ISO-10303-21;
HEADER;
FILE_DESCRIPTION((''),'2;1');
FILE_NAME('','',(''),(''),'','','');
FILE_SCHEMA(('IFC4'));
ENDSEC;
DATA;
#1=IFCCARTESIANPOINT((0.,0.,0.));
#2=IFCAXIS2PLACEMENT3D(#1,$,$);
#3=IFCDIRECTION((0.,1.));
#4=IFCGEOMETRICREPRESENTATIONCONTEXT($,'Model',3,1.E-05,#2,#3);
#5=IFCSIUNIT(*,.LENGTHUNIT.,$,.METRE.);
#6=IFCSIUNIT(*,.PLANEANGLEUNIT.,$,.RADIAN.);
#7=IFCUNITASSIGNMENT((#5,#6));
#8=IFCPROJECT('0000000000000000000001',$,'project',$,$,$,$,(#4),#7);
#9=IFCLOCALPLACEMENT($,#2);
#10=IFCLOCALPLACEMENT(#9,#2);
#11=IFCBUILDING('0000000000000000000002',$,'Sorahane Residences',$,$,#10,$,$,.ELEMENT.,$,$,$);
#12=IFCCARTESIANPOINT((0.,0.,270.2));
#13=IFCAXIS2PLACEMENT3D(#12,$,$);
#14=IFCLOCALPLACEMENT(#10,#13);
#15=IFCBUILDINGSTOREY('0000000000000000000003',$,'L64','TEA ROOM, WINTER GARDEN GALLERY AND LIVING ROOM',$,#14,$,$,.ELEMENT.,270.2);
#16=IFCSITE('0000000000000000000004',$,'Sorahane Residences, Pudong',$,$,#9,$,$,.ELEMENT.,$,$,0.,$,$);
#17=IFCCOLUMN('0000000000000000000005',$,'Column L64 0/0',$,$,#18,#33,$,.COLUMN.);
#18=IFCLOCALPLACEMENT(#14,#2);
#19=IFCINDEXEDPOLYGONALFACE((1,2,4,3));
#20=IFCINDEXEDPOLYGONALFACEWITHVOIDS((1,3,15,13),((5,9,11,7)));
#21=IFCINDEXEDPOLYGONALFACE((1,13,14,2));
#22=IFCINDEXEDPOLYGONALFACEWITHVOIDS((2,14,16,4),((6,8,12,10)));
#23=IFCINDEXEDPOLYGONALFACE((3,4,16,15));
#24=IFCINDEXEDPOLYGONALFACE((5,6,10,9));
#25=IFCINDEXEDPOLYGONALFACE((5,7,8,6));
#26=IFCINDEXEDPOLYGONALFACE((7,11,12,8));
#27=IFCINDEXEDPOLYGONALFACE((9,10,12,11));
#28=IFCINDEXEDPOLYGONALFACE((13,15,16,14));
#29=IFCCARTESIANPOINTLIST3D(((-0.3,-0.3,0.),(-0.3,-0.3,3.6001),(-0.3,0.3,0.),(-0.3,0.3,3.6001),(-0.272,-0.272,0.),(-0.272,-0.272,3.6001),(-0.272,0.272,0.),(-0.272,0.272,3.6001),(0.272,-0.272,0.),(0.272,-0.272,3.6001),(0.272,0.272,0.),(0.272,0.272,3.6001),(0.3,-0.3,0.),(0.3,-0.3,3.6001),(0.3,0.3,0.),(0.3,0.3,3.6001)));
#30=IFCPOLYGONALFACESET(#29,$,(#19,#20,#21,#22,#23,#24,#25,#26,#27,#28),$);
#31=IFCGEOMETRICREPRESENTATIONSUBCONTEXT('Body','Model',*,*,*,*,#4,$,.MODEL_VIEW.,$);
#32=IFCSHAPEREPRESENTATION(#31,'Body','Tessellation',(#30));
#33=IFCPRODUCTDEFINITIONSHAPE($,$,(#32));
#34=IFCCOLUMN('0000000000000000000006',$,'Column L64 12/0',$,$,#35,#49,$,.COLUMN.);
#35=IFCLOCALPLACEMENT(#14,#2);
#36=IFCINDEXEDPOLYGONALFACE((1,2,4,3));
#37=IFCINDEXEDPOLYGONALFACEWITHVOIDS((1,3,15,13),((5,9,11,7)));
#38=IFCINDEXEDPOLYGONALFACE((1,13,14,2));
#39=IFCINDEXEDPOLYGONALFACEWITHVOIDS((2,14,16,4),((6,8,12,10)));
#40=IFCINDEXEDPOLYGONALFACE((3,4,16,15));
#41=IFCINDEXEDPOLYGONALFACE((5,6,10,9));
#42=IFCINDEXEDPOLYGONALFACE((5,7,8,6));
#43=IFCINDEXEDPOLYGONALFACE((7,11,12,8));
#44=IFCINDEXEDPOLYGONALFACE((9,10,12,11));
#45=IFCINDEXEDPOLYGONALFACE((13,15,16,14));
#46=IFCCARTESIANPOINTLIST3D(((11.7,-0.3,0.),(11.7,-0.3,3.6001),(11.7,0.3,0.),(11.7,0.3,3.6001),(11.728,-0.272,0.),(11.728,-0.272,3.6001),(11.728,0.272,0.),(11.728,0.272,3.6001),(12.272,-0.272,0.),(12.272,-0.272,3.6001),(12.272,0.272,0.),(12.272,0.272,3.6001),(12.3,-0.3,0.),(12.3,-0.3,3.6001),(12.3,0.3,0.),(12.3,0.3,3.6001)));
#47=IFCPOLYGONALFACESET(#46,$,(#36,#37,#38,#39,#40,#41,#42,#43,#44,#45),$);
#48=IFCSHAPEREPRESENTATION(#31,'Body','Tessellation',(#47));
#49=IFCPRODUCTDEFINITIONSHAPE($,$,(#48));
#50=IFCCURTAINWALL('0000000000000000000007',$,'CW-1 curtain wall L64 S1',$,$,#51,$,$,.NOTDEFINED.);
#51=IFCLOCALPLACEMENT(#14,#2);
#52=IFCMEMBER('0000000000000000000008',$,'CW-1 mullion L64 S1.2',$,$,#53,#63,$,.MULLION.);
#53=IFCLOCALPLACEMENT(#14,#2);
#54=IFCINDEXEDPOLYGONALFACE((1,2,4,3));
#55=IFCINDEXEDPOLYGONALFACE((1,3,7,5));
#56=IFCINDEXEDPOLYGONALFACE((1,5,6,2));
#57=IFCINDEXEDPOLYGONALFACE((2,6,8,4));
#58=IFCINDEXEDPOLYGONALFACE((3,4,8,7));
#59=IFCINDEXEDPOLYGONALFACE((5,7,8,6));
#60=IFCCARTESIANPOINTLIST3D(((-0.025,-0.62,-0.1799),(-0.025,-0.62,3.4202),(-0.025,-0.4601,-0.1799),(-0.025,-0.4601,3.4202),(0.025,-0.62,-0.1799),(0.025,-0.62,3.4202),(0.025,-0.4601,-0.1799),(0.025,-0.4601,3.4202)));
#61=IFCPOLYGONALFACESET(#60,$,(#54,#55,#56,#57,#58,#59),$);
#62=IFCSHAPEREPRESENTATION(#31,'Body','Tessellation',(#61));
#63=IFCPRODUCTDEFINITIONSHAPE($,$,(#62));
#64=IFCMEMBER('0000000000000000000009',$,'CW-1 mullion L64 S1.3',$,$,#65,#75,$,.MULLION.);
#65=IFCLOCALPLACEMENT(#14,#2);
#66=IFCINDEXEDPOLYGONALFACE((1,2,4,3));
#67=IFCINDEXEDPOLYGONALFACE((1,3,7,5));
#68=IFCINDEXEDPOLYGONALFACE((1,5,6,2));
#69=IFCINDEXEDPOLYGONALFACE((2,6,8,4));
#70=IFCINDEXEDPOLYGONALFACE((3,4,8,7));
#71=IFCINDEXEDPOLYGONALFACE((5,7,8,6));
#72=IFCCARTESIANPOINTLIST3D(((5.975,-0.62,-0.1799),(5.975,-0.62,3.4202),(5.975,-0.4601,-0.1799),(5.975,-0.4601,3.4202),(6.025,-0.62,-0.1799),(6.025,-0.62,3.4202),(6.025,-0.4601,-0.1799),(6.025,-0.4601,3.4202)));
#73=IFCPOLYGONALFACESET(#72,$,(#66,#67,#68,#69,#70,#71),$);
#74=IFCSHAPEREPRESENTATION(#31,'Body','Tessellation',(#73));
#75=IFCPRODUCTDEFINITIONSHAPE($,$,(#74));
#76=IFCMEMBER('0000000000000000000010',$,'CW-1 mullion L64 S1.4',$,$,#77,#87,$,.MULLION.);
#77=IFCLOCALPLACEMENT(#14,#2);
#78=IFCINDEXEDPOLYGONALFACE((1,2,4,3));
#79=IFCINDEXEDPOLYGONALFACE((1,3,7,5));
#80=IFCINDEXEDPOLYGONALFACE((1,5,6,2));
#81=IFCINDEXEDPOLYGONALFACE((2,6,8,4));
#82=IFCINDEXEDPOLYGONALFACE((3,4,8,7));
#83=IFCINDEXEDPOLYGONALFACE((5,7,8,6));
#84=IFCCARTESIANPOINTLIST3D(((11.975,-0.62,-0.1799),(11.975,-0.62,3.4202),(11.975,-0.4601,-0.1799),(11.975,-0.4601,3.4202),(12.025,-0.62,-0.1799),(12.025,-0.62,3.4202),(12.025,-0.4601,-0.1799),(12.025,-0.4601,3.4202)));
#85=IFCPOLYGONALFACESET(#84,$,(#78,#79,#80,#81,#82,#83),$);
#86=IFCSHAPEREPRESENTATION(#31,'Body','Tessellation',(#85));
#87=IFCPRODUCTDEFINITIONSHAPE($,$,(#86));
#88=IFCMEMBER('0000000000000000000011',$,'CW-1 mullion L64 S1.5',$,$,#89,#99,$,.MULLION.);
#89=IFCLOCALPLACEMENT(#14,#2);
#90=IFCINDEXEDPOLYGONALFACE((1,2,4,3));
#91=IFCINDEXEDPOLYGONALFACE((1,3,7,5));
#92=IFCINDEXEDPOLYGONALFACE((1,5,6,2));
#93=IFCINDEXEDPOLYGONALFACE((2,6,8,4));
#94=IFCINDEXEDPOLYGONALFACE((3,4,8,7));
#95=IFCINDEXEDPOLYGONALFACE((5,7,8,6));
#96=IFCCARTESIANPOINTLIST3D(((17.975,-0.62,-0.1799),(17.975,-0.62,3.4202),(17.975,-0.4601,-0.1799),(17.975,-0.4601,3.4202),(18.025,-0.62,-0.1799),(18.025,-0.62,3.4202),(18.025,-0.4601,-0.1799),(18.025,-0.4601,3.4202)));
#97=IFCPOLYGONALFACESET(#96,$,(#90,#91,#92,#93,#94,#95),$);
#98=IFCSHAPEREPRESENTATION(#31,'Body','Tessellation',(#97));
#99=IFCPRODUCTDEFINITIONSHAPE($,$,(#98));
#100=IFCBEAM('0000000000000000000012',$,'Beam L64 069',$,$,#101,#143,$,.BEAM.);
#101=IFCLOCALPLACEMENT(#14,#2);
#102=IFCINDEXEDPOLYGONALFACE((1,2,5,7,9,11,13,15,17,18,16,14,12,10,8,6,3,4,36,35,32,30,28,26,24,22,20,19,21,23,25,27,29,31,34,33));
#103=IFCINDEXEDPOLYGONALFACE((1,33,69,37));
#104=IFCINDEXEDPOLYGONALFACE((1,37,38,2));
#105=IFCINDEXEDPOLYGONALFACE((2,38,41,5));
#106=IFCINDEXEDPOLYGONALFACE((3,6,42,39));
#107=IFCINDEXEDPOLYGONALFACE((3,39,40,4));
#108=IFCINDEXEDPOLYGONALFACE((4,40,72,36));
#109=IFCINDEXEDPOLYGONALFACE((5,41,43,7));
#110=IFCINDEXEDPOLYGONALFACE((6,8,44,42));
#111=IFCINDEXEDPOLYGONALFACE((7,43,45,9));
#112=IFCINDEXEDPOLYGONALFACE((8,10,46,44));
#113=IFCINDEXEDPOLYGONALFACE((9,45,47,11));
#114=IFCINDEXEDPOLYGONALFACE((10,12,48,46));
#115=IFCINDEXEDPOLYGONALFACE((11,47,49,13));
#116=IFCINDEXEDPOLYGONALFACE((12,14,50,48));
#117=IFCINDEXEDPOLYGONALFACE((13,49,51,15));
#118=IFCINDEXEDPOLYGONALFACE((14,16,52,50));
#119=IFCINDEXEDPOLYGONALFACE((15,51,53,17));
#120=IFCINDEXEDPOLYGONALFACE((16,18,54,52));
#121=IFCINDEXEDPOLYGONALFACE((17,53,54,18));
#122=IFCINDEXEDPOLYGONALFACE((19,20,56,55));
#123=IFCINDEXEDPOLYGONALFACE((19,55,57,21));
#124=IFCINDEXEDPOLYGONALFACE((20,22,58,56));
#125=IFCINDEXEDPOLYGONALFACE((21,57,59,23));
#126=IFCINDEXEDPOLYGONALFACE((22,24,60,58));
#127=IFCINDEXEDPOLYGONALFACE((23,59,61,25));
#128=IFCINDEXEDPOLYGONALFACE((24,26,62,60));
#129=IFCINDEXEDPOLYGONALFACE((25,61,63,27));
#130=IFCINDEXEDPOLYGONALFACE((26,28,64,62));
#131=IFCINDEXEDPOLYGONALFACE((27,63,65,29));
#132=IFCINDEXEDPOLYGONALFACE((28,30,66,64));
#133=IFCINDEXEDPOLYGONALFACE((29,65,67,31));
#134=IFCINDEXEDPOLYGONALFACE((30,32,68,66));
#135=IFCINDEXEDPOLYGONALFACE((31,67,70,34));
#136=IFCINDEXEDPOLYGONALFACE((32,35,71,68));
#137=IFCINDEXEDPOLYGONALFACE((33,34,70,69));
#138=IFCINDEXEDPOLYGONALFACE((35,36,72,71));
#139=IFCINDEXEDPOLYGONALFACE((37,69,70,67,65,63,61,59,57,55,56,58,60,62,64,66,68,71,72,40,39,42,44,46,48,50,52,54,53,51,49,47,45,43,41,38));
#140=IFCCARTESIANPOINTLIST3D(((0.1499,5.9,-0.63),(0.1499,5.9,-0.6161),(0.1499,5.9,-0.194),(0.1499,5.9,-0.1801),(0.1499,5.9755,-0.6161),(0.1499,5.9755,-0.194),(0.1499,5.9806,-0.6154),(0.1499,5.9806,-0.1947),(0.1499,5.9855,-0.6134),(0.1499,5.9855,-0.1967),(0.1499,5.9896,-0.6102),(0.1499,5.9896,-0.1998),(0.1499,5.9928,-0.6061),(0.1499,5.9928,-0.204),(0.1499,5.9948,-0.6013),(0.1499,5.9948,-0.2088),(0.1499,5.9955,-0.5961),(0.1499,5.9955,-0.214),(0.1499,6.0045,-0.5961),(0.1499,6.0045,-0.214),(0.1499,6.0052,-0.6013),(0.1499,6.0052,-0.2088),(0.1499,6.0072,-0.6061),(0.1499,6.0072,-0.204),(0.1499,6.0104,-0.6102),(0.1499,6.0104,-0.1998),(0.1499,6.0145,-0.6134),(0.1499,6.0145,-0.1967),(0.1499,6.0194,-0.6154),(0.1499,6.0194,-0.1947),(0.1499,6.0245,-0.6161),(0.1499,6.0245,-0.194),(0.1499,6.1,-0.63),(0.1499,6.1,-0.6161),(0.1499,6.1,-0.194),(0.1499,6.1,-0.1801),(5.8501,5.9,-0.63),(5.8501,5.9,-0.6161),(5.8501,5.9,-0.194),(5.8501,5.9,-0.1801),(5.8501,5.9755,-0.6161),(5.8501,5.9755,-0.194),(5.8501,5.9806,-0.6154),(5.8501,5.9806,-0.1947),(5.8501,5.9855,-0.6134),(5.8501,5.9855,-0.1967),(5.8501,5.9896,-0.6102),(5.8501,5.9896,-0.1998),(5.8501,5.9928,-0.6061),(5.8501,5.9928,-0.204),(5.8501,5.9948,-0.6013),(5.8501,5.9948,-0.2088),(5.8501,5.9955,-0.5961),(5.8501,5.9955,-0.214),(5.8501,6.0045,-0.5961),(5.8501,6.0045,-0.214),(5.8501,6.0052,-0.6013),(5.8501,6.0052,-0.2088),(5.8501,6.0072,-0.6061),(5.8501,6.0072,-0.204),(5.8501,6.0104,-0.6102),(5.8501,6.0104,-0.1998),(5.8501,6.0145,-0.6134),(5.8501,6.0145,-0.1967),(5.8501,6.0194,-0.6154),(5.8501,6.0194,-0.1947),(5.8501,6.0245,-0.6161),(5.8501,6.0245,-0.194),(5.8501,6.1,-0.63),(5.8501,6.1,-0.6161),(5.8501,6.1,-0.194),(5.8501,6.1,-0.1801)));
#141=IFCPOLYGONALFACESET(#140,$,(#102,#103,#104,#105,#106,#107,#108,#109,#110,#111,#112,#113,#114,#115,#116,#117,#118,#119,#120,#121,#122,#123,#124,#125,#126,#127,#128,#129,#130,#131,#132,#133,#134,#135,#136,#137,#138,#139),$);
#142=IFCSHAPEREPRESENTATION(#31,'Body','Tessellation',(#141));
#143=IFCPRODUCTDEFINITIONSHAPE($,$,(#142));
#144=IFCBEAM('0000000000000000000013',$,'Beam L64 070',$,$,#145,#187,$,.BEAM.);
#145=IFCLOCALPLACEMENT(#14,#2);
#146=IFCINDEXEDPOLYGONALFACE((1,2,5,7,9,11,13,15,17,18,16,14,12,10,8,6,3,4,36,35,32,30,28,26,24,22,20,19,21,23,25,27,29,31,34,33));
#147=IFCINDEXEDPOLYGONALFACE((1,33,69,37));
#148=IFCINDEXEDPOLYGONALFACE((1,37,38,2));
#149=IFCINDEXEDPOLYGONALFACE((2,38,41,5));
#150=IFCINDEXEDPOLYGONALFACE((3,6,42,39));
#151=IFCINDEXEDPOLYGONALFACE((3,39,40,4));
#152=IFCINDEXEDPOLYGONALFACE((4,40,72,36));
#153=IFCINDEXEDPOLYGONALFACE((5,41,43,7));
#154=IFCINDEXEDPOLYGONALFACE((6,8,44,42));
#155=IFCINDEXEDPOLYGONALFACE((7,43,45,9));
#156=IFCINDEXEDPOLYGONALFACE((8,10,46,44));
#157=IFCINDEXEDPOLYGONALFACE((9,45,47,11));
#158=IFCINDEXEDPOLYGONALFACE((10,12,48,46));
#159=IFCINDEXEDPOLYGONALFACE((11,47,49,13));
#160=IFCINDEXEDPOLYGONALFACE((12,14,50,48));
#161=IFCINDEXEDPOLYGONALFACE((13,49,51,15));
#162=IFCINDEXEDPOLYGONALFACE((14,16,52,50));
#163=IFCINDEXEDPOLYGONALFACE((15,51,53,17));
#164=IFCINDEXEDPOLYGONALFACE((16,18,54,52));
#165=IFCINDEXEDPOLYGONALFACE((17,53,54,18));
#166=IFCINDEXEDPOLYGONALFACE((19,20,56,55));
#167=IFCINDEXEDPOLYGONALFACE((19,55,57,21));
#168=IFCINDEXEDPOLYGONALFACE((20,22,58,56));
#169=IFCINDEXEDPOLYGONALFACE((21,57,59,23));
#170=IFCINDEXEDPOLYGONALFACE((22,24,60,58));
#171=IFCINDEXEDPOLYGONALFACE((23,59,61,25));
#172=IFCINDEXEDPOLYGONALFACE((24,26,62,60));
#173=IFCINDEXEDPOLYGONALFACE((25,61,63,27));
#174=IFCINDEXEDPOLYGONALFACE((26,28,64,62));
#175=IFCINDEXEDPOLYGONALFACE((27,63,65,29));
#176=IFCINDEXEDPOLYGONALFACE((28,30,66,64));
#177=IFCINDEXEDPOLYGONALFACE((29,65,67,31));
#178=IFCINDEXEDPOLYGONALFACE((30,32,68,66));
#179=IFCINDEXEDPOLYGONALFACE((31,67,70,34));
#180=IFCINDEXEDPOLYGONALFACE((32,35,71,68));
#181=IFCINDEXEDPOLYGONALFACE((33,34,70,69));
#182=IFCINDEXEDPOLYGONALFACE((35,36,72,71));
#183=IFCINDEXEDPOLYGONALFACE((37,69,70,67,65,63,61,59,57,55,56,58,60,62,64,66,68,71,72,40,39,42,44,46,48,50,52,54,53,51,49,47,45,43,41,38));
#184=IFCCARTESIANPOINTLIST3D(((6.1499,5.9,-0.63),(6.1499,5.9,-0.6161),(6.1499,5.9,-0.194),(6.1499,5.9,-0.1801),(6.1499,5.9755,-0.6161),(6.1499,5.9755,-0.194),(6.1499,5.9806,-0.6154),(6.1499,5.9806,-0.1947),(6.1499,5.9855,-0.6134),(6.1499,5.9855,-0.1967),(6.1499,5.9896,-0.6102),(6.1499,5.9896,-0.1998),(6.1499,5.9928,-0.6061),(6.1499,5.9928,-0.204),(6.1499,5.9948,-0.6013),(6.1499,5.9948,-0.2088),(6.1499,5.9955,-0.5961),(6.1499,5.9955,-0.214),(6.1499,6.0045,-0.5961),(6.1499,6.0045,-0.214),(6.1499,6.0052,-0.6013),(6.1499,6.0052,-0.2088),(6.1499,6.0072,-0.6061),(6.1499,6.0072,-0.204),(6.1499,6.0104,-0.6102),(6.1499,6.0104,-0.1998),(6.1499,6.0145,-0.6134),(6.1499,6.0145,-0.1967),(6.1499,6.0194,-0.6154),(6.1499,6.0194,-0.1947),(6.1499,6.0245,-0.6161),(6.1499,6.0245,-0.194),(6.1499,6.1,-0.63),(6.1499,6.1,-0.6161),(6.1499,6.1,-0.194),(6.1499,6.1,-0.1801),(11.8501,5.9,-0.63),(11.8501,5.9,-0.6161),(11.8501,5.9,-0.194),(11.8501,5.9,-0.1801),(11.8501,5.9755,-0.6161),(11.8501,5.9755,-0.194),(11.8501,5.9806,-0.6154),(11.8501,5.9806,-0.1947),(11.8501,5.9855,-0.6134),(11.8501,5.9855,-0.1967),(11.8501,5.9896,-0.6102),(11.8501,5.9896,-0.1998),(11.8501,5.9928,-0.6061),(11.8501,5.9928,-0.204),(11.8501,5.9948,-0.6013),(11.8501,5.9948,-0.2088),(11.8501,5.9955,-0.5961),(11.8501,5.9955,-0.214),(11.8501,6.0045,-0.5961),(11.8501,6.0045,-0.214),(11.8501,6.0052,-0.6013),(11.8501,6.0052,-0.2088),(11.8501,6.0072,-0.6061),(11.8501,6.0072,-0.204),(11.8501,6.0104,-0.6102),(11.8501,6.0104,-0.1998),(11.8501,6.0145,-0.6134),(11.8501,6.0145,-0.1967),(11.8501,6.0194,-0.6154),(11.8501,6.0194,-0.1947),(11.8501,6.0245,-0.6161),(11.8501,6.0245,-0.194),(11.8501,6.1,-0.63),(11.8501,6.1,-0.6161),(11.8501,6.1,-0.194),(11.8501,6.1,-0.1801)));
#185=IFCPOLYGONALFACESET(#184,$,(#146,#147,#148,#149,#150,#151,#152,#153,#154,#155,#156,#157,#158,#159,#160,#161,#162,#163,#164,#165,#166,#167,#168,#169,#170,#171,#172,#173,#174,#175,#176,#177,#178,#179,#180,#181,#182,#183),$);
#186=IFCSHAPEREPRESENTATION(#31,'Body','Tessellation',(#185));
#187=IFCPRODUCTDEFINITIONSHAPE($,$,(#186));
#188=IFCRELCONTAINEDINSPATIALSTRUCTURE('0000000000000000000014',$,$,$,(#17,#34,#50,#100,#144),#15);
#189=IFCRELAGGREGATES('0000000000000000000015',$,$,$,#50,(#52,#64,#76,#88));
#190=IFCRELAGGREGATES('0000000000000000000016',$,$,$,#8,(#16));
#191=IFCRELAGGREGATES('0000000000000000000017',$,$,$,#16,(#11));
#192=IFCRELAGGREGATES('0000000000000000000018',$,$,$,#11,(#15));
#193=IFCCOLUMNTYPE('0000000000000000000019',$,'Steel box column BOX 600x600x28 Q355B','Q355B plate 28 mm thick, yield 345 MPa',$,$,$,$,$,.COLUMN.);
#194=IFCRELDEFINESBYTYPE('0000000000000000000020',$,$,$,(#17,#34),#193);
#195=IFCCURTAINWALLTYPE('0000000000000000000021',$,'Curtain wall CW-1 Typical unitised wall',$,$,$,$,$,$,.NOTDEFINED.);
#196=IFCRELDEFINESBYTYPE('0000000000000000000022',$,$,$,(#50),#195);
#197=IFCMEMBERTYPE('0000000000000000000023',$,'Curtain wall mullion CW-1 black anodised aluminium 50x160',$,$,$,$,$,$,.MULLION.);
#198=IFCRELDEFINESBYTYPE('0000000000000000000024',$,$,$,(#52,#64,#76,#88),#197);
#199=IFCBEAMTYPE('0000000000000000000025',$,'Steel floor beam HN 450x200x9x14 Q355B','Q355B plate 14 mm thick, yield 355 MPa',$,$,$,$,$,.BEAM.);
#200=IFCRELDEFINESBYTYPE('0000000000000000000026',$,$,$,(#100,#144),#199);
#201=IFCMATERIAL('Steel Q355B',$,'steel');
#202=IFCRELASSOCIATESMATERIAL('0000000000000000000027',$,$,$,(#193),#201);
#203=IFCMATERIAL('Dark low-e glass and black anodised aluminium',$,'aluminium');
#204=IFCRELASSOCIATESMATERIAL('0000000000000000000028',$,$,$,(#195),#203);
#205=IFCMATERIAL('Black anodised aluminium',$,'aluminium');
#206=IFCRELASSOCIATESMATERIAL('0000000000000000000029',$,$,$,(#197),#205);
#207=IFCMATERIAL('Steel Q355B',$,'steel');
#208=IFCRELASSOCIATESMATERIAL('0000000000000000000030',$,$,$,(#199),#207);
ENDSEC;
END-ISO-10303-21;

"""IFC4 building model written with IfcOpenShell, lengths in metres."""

from ifc_helpers import new_model, si_unit, direction, frame, origin, origin_2d, place, context, subcontext, project, spatial, rectangle, hollow_rectangle, i_section, extrude, material, material_profile, profile_set, type_object, element, aggregate, save


model = new_model("IFC4")

# Units and contexts
model_context = context("Model", 3, precision=1e-05, world=origin(), true_north=direction((0.0, 1.0)))
body_context = subcontext(model_context, "Body", "Model", "MODEL_VIEW")
ifc_project = project(units=[si_unit("LENGTHUNIT", "METRE"), si_unit("PLANEANGLEUNIT", "RADIAN")], contexts=[model_context])

# Site, building, storey
site_placement = place(None, origin())
site = spatial("IfcSite", under=ifc_project, at=site_placement, Name="Sorahane Residences, Pudong", CompositionType="ELEMENT", RefElevation=0.0)
building_placement = place(site_placement, origin())
building = spatial("IfcBuilding", under=site, at=building_placement, Name="Sorahane Residences", CompositionType="ELEMENT")
storey_placement = place(building_placement, frame((0.0, 0.0, 270.2)))
storey = spatial("IfcBuildingStorey", under=building, at=storey_placement, Name="L64", Description="TEA ROOM, WINTER GARDEN GALLERY AND LIVING ROOM", CompositionType="ELEMENT", Elevation=270.2)

# Columns
ifc_material_1 = material(Name="Steel Q355B", Category="steel")
ifc_material_profile_1 = material_profile(ifc_material_1, hollow_rectangle(XDim=0.6001, YDim=0.6001, WallThickness=0.0281, at=origin_2d()), Name="BOX 600x600x28")
ifc_profile_set_1 = profile_set([ifc_material_profile_1], Name="Steel Q355B")
column_type = type_object("IfcColumnType", Name="Steel box column BOX 600x600x28 Q355B", Description="Q355B plate 28 mm thick, yield 345 MPa", PredefinedType="COLUMN", material=ifc_profile_set_1)
for number, where, z_axis, x_axis, name in (
    (1, (0.0, 0.0, 0.0), (0.0, 0.0, 1.0), (1.0, 0.0, 0.0), "Column L64 0/0"),
    (2, (12.0, 0.0, 0.0), (0.0, 0.0, 1.0), (1.0, 0.0, 0.0), "Column L64 12/0"),
):
    element("IfcColumn", number, at=place(storey_placement, frame(where, z_axis=z_axis, x_axis=x_axis)), inside=storey, type_object=column_type, Name=name, PredefinedType="COLUMN", context=body_context, shape_type="SweptSolid", body=[
        extrude(hollow_rectangle(XDim=0.6001, YDim=0.6001, WallThickness=0.0281, at=origin_2d()), origin(), (0.0, 0.0, 1.0), 3.6001),
    ])

# Curtain wall, members
ifc_material_2 = material(Name="Dark low-e glass and black anodised aluminium", Category="aluminium")
curtain_wall_type = type_object("IfcCurtainWallType", Name="Curtain wall CW-1 Typical unitised wall", PredefinedType="NOTDEFINED", material=ifc_material_2)
curtain_wall_placement = place(storey_placement, origin())
curtain_wall = element("IfcCurtainWall", 3, at=curtain_wall_placement, inside=storey, type_object=curtain_wall_type, Name="CW-1 curtain wall L64 S1", PredefinedType="NOTDEFINED")
ifc_material_3 = material(Name="Black anodised aluminium", Category="aluminium")
ifc_material_profile_2 = material_profile(ifc_material_3, rectangle(XDim=0.1599, YDim=0.05, at=origin_2d()), Name="Curtain wall mullion CW-1 black anodised aluminium 50x160")
ifc_profile_set_2 = profile_set([ifc_material_profile_2], Name="Black anodised aluminium")
member_type = type_object("IfcMemberType", Name="Curtain wall mullion CW-1 black anodised aluminium 50x160", PredefinedType="MULLION", material=ifc_profile_set_2)
member_1_placement = place(storey_placement, frame((0.0, -0.54, -0.1799), z_axis=(0.0, 0.0, 1.0), x_axis=(0.0, -1.0, 0.0)))
member_1 = element("IfcMember", 4, at=member_1_placement, type_object=member_type, Name="CW-1 mullion L64 S1.2", PredefinedType="MULLION", context=body_context, shape_type="SweptSolid", body=[
    extrude(rectangle(XDim=0.1599, YDim=0.05, at=origin_2d()), origin(), (0.0, 0.0, 1.0), 3.6001),
])
member_2_placement = place(storey_placement, frame((6.0, -0.54, -0.1799), z_axis=(0.0, 0.0, 1.0), x_axis=(0.0, -1.0, 0.0)))
member_2 = element("IfcMember", 5, at=member_2_placement, type_object=member_type, Name="CW-1 mullion L64 S1.3", PredefinedType="MULLION", context=body_context, shape_type="SweptSolid", body=[
    extrude(rectangle(XDim=0.1599, YDim=0.05, at=origin_2d()), origin(), (0.0, 0.0, 1.0), 3.6001),
])
member_3_placement = place(storey_placement, frame((12.0, -0.54, -0.1799), z_axis=(0.0, 0.0, 1.0), x_axis=(0.0, -1.0, 0.0)))
member_3 = element("IfcMember", 6, at=member_3_placement, type_object=member_type, Name="CW-1 mullion L64 S1.4", PredefinedType="MULLION", context=body_context, shape_type="SweptSolid", body=[
    extrude(rectangle(XDim=0.1599, YDim=0.05, at=origin_2d()), origin(), (0.0, 0.0, 1.0), 3.6001),
])
member_4_placement = place(storey_placement, frame((18.0, -0.54, -0.1799), z_axis=(0.0, 0.0, 1.0), x_axis=(0.0, -1.0, 0.0)))
member_4 = element("IfcMember", 7, at=member_4_placement, type_object=member_type, Name="CW-1 mullion L64 S1.5", PredefinedType="MULLION", context=body_context, shape_type="SweptSolid", body=[
    extrude(rectangle(XDim=0.1599, YDim=0.05, at=origin_2d()), origin(), (0.0, 0.0, 1.0), 3.6001),
])

# Beams
ifc_material_4 = material(Name="Steel Q355B", Category="steel")
ifc_material_profile_3 = material_profile(ifc_material_4, i_section(OverallWidth=0.2, OverallDepth=0.45, WebThickness=0.009, FlangeThickness=0.0139, FilletRadius=0.02, at=origin_2d()), Name="HN 450x200x9x14")
ifc_profile_set_3 = profile_set([ifc_material_profile_3], Name="Steel Q355B")
beam_type_1 = type_object("IfcBeamType", Name="Steel floor beam HN 450x200x9x14 Q355B", Description="Q355B plate 14 mm thick, yield 355 MPa", PredefinedType="BEAM", material=ifc_profile_set_3)
for number, where, z_axis, x_axis, name in (
    (8, (0.1499, 6.0, -0.405), (1.0, 0.0, 0.0), (0.0, 1.0, 0.0), "Beam L64 069"),
    (9, (6.1499, 6.0, -0.405), (1.0, 0.0, 0.0), (0.0, 1.0, 0.0), "Beam L64 070"),
):
    element("IfcBeam", number, at=place(storey_placement, frame(where, z_axis=z_axis, x_axis=x_axis)), inside=storey, type_object=beam_type_1, Name=name, PredefinedType="BEAM", context=body_context, shape_type="SweptSolid", body=[
        extrude(i_section(OverallWidth=0.2, OverallDepth=0.45, WebThickness=0.009, FlangeThickness=0.0139, FilletRadius=0.02, at=origin_2d()), origin(), (0.0, 0.0, 1.0), 5.7002),
    ])

aggregate(curtain_wall, [member_1, member_2, member_3, member_4])

save(model, "model.ifc")
